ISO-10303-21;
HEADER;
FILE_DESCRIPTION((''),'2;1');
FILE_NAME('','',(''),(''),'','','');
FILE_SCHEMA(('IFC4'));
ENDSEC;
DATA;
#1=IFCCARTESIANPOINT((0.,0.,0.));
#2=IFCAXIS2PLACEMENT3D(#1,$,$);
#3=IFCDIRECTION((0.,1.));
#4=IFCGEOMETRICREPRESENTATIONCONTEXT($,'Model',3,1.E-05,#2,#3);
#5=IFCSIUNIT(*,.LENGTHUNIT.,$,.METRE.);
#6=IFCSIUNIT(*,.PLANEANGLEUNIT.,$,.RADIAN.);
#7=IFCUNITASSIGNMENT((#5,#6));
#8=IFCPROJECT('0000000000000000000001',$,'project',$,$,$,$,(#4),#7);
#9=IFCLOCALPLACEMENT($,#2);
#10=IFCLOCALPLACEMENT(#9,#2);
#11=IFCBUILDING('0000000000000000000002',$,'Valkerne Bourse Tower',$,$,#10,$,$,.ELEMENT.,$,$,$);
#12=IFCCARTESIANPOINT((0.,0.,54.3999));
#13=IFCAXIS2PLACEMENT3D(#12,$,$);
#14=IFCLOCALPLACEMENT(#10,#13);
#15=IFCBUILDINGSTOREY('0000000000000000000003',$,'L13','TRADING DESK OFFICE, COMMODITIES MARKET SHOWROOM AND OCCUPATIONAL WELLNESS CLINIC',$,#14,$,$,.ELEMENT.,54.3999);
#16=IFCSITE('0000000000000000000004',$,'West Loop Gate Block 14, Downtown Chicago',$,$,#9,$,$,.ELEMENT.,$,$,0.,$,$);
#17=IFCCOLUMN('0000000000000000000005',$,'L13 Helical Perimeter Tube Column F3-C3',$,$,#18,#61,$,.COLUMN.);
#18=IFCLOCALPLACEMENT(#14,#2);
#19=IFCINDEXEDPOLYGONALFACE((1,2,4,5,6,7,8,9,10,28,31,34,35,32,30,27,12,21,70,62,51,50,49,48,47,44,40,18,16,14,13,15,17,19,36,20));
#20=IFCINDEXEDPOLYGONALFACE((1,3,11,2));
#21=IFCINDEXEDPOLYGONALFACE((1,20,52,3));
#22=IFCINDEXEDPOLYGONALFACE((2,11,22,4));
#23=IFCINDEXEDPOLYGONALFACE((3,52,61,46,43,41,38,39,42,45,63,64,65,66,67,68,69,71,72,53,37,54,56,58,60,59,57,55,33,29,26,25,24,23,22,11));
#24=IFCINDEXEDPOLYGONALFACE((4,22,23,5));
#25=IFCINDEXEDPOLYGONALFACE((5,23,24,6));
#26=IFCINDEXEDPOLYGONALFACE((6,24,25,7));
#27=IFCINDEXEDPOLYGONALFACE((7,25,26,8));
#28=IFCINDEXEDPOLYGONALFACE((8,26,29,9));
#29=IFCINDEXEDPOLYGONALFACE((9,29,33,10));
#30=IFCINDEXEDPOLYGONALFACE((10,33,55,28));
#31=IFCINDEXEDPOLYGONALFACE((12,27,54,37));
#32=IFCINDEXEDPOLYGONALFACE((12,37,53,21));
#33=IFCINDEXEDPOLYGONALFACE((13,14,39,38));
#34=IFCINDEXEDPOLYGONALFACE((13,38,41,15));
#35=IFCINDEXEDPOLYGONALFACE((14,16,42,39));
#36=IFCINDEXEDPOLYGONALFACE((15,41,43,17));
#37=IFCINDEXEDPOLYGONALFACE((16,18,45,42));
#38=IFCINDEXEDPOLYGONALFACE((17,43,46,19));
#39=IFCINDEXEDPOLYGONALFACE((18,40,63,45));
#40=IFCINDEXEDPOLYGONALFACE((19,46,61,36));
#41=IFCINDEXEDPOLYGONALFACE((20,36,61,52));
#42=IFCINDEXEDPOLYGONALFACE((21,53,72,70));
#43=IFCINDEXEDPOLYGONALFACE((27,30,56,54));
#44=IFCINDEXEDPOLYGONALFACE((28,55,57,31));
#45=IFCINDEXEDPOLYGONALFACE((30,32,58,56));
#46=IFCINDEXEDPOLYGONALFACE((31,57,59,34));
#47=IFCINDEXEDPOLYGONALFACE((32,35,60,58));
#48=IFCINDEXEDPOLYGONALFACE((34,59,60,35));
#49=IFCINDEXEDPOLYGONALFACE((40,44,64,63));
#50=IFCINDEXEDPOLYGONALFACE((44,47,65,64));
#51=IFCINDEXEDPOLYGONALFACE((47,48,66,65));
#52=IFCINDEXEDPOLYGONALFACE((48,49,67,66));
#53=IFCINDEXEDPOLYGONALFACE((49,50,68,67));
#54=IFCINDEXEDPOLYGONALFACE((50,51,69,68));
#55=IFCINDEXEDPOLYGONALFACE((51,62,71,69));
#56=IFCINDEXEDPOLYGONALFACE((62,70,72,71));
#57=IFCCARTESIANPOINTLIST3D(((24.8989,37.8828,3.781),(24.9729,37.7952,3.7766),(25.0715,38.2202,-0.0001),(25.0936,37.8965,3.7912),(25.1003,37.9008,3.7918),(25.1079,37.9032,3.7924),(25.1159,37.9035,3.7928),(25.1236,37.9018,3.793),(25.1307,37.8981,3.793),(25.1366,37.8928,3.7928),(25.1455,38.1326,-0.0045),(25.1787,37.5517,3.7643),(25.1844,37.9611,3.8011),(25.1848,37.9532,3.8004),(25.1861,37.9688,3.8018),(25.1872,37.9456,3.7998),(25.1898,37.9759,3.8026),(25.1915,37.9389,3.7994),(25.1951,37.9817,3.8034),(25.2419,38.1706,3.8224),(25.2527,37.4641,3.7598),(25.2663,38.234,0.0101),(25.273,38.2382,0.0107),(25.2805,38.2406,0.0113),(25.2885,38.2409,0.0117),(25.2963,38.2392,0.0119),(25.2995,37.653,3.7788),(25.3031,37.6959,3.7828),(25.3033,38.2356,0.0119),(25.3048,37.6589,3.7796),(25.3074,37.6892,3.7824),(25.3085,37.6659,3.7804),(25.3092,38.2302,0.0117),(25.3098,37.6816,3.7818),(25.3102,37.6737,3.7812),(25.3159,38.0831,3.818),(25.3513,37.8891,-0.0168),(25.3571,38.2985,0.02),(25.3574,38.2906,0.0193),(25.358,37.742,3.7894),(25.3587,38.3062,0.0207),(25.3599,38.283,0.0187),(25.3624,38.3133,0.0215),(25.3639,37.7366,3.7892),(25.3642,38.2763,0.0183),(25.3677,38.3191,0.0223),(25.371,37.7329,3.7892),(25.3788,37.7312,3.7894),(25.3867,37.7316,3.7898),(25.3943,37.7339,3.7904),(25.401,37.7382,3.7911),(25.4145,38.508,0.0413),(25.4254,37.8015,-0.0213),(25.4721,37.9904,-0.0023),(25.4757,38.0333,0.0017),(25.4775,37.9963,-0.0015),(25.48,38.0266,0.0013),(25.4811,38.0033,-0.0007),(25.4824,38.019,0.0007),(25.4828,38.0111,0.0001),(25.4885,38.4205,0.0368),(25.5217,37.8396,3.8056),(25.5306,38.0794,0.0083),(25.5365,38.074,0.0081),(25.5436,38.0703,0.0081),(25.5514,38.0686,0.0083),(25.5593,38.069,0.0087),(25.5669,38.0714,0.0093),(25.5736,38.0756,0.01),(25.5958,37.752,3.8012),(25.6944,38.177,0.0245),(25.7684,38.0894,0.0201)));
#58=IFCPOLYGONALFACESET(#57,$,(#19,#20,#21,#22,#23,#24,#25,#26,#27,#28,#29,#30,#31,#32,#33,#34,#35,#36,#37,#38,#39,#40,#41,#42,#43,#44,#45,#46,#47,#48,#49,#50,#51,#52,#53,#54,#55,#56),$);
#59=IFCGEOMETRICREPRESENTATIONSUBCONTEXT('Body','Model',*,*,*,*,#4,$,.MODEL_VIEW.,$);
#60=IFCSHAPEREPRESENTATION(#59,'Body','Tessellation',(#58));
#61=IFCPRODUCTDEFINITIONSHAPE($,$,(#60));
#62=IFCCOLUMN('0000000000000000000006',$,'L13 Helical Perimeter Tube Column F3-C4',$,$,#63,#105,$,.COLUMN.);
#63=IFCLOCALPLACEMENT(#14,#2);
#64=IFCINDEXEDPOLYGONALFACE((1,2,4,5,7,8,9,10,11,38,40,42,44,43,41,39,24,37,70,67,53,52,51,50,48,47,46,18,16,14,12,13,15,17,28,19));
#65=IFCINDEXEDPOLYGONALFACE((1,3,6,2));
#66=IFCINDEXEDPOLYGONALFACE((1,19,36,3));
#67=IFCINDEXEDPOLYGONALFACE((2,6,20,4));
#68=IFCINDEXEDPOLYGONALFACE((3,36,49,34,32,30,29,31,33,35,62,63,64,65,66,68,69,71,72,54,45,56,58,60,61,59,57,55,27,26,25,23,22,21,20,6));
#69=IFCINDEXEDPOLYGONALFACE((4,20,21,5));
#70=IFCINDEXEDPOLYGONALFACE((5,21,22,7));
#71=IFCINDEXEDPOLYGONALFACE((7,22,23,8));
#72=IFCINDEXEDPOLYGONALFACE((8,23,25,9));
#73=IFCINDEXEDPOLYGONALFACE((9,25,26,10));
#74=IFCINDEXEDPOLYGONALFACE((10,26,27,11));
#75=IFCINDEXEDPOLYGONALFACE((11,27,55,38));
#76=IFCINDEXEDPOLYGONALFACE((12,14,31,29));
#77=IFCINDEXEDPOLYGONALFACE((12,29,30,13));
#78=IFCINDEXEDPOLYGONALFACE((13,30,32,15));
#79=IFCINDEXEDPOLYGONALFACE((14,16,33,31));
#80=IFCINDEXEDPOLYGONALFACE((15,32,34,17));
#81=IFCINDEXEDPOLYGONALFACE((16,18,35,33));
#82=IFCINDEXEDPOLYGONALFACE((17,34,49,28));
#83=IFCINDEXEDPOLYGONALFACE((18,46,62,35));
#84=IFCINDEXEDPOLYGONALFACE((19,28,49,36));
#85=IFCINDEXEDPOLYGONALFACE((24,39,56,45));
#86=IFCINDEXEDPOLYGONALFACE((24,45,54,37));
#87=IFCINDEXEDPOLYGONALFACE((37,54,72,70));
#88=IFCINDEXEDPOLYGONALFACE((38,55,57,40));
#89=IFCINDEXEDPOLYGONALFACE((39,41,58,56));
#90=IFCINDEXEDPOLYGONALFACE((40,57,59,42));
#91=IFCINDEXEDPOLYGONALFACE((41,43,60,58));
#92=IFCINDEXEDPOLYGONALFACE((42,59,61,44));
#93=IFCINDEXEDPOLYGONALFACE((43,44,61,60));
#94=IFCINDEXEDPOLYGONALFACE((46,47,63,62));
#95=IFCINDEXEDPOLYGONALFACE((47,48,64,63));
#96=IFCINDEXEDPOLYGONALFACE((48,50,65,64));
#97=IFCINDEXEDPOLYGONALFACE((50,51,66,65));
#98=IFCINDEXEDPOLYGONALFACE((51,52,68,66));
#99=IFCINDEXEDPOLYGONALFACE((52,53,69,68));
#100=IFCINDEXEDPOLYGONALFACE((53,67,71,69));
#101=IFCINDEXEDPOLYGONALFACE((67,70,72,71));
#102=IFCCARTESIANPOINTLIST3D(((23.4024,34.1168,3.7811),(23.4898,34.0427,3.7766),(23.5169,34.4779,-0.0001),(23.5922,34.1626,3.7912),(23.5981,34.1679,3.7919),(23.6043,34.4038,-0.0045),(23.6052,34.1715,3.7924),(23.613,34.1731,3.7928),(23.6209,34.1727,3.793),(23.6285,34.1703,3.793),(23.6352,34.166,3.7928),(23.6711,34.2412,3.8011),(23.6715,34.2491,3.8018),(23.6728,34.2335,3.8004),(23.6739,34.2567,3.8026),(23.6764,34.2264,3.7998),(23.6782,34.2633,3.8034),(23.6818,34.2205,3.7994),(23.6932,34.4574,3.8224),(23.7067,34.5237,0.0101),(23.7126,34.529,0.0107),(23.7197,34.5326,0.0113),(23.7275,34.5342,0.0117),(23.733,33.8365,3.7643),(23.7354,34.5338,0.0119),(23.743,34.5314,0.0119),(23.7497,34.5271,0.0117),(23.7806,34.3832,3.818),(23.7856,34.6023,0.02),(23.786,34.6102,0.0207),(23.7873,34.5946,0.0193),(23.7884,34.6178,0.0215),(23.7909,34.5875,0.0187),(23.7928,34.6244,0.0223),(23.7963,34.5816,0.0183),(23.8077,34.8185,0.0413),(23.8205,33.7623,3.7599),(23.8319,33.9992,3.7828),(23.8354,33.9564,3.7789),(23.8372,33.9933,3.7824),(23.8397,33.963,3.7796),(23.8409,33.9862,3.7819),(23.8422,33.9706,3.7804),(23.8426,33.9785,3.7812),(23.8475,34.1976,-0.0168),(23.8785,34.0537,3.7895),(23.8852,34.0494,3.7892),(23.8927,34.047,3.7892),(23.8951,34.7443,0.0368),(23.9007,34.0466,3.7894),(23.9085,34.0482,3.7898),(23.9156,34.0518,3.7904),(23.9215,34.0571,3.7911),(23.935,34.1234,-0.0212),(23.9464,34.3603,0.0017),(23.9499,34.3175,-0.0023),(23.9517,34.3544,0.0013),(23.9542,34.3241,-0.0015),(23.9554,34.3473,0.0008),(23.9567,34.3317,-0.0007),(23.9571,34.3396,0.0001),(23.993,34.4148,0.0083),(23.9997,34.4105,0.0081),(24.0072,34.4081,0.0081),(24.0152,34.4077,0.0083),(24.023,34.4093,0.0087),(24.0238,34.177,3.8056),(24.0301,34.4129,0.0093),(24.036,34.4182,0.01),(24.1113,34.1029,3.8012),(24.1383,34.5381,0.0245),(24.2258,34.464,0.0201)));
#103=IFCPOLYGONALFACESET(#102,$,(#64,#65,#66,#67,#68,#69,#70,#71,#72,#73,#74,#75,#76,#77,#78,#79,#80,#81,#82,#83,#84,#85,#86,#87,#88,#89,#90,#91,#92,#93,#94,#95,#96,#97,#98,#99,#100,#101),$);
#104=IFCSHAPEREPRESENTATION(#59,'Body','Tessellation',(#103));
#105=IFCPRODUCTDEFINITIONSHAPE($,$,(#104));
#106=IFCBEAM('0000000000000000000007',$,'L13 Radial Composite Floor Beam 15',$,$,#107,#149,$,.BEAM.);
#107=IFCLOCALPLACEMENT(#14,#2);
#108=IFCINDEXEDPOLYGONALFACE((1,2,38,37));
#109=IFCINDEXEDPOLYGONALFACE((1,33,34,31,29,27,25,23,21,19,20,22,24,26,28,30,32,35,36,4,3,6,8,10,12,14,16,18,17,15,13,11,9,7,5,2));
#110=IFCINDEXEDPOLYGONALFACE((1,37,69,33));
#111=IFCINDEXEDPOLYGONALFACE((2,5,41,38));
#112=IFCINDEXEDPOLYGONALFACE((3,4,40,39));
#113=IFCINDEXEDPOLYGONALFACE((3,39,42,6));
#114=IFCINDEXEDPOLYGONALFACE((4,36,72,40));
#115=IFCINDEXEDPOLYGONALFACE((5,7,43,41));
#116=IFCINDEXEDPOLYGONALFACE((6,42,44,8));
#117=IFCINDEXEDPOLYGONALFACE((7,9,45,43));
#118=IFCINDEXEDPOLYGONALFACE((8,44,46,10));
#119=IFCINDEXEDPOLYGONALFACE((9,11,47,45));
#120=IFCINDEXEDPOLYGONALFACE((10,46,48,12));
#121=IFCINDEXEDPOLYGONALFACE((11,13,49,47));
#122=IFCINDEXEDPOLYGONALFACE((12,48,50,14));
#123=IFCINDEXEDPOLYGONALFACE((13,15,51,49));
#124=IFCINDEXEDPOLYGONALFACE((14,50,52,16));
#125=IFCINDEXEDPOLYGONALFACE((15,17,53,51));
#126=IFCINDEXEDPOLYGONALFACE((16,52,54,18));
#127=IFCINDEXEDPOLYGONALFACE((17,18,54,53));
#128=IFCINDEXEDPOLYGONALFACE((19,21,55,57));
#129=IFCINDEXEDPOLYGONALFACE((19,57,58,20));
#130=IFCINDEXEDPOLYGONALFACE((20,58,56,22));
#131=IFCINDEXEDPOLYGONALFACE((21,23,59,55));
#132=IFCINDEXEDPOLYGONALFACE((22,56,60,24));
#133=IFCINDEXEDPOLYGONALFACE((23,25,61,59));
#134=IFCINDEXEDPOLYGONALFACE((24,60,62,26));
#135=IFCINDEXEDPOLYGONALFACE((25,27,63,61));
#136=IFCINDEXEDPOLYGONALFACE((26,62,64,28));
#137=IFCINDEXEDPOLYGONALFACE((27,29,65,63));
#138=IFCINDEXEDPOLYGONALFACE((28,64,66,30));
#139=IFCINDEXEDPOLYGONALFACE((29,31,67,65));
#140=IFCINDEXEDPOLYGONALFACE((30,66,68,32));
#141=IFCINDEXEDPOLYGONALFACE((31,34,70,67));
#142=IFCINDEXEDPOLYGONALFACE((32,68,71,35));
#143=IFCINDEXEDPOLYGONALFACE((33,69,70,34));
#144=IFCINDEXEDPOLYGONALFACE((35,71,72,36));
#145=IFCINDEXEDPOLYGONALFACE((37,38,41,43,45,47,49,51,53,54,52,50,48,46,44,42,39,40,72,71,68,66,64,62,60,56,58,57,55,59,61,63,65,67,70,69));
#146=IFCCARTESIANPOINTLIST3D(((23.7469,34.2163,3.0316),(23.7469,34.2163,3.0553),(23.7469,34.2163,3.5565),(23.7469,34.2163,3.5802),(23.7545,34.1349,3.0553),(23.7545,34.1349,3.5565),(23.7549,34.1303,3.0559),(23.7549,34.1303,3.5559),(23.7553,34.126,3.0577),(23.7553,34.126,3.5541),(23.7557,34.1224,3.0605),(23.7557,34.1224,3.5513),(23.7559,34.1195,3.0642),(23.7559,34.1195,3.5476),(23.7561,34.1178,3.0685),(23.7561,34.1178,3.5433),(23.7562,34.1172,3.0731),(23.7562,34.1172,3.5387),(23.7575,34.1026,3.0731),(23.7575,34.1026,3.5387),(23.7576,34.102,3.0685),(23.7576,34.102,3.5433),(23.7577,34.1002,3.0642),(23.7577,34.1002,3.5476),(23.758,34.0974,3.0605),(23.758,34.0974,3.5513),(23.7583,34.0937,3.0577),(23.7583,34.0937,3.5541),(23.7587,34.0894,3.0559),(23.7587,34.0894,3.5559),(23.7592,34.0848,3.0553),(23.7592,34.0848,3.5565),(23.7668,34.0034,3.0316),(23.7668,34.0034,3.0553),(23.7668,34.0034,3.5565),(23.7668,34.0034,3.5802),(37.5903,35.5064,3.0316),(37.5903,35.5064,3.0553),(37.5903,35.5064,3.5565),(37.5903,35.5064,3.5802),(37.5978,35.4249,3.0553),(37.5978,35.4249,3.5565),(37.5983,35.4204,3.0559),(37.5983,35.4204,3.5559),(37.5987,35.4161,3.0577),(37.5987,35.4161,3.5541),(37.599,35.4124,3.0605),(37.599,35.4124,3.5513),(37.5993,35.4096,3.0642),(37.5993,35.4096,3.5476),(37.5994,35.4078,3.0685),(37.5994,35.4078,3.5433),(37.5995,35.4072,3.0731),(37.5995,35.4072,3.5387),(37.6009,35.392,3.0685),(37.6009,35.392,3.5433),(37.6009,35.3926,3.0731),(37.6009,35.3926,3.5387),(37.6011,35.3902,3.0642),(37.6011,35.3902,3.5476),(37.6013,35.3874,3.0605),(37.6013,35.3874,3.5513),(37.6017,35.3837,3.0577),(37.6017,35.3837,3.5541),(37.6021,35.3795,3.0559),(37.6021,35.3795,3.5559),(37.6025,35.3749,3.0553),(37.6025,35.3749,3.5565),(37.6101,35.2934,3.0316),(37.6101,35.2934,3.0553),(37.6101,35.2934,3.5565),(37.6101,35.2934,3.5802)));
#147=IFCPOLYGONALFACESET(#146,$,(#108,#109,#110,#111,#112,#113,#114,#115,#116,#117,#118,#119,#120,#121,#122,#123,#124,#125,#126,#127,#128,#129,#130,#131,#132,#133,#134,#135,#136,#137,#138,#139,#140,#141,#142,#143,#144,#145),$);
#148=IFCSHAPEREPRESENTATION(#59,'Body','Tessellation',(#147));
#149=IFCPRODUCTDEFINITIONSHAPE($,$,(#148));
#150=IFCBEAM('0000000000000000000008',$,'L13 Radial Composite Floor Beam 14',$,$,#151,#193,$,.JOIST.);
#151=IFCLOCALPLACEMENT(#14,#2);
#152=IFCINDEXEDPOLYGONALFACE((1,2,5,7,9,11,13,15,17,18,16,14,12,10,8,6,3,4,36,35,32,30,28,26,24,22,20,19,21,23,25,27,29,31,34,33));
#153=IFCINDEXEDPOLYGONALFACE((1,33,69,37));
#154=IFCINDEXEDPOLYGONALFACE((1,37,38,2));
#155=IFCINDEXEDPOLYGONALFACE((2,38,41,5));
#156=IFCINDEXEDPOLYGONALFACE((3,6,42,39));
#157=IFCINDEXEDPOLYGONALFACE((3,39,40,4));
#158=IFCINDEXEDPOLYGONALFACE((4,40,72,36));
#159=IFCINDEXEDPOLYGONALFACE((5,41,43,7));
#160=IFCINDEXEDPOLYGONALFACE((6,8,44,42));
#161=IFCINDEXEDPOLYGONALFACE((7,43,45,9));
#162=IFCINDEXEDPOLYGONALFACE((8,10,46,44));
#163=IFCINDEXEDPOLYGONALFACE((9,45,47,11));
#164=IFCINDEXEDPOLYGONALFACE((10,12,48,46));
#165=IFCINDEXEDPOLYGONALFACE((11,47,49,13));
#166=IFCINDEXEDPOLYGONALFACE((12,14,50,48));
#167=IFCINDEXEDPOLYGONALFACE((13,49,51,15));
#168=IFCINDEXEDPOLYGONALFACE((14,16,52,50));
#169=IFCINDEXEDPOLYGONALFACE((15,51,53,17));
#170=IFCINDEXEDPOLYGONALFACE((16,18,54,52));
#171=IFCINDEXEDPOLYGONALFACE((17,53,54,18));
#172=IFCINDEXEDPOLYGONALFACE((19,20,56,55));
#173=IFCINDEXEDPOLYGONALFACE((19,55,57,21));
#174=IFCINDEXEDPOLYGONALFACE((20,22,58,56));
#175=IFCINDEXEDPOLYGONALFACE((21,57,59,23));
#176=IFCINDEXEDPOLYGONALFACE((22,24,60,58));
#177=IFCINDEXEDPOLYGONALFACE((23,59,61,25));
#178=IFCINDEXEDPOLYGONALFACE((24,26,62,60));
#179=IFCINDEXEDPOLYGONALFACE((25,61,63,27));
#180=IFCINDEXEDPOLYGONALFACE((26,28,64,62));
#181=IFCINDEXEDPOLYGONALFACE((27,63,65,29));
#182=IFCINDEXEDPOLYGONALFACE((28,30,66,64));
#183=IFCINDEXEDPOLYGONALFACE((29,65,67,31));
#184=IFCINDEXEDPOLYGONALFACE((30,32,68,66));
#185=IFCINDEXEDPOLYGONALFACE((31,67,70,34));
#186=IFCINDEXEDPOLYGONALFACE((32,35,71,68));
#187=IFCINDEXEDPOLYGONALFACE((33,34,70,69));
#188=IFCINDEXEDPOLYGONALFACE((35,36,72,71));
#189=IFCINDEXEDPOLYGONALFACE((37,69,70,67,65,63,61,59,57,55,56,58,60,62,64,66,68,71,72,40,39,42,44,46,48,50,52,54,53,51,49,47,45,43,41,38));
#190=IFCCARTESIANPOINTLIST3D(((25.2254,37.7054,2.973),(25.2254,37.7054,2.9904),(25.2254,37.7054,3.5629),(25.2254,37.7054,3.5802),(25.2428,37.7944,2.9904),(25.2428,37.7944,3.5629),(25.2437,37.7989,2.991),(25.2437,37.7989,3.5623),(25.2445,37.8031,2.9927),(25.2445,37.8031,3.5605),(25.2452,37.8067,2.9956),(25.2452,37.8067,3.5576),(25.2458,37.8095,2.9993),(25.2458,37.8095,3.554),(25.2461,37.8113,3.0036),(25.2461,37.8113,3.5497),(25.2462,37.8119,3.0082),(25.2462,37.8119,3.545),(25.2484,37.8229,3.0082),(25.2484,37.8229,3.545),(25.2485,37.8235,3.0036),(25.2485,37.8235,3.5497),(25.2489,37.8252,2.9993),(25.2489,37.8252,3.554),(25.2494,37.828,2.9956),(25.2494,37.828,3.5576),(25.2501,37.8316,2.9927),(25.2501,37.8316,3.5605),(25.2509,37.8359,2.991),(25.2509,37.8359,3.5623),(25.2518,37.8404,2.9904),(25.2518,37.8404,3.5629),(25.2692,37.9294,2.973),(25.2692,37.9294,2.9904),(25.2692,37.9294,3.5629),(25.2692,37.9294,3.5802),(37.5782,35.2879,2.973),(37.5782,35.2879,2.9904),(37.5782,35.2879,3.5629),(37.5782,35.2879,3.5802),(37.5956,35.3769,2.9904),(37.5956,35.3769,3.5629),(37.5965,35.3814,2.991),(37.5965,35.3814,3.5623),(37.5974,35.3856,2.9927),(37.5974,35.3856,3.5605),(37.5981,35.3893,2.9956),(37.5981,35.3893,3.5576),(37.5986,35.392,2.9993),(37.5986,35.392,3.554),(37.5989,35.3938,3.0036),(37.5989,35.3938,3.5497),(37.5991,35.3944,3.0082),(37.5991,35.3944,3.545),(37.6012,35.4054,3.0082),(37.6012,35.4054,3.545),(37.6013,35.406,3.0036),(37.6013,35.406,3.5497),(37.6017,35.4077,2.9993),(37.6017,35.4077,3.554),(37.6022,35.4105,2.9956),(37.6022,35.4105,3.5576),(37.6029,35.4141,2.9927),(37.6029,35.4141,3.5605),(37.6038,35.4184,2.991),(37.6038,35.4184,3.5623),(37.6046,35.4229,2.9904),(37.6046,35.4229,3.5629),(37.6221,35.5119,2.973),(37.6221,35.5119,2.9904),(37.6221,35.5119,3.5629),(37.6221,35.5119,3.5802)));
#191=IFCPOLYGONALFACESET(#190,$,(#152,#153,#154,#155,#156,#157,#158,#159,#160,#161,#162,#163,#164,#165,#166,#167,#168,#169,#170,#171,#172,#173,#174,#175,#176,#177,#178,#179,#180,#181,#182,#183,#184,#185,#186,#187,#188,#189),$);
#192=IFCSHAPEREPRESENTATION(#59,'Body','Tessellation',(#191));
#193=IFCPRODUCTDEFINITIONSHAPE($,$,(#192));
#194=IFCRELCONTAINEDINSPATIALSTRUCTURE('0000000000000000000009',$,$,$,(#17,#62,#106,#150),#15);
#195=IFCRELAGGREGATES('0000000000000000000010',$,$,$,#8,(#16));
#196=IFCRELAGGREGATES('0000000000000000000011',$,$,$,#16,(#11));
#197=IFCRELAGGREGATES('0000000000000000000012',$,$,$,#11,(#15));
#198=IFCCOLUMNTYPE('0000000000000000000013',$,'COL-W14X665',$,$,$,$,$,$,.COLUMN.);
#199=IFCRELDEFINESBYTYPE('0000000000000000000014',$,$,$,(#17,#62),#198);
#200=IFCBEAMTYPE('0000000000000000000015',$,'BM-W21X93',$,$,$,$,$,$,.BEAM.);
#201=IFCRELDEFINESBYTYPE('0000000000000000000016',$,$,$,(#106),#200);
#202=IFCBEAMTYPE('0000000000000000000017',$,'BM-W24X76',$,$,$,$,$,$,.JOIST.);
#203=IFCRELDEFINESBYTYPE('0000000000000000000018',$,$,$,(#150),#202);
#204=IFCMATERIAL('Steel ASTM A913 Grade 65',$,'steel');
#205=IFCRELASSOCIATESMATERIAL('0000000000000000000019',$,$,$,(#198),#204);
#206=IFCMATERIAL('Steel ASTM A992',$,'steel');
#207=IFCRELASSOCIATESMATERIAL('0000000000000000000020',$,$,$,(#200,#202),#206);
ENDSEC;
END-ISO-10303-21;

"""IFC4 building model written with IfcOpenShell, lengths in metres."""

from ifc_helpers import new_model, si_unit, direction, frame, origin, origin_2d, place, context, subcontext, project, spatial, i_section, extrude, material, material_profile, profile_set, type_object, element, save


model = new_model("IFC4")

# Units and contexts
model_context = context("Model", 3, precision=1e-05, world=origin(), true_north=direction((0.0, 1.0)))
body_context = subcontext(model_context, "Body", "Model", "MODEL_VIEW")
ifc_project = project(units=[si_unit("LENGTHUNIT", "METRE"), si_unit("PLANEANGLEUNIT", "RADIAN")], contexts=[model_context])

# Site, building, storey
site_placement = place(None, origin())
site = spatial("IfcSite", under=ifc_project, at=site_placement, Name="West Loop Gate Block 14, Downtown Chicago", CompositionType="ELEMENT", RefElevation=0.0)
building_placement = place(site_placement, origin())
building = spatial("IfcBuilding", under=site, at=building_placement, Name="Valkerne Bourse Tower", CompositionType="ELEMENT")
storey_placement = place(building_placement, frame((0.0, 0.0, 54.3999)))
storey = spatial("IfcBuildingStorey", under=building, at=storey_placement, Name="L13", Description="TRADING DESK OFFICE, COMMODITIES MARKET SHOWROOM AND OCCUPATIONAL WELLNESS CLINIC", CompositionType="ELEMENT", Elevation=54.3999)

# Columns
ifc_material_1 = material(Name="Steel ASTM A913 Grade 65", Category="steel")
ifc_material_profile_1 = material_profile(ifc_material_1, i_section(OverallWidth=0.4497, OverallDepth=0.5486, WebThickness=0.072, FlangeThickness=0.1147, FilletRadius=0.0305, at=origin_2d()), Name="W14X665")
ifc_profile_set_1 = profile_set([ifc_material_profile_1], Name="Steel ASTM A913 Grade 65")
column_type = type_object("IfcColumnType", Name="COL-W14X665", PredefinedType="COLUMN", material=ifc_profile_set_1)
for number, where, z_axis, x_axis, name in (
    (1, (25.4199, 38.1548, 0.01), (-0.045424, -0.088791, 0.995014), (-0.762752, -0.640122, -0.091943), "L13 Helical Perimeter Tube Column F3-C3"),
    (2, (23.8713, 34.4709, 0.01), (-0.030133, -0.095024, 0.995019), (-0.646654, -0.757227, -0.091898), "L13 Helical Perimeter Tube Column F3-C4"),
):
    element("IfcColumn", number, at=place(storey_placement, frame(where, z_axis=z_axis, x_axis=x_axis)), inside=storey, type_object=column_type, Name=name, PredefinedType="COLUMN", context=body_context, shape_type="SweptSolid", body=[
        extrude(i_section(OverallWidth=0.4497, OverallDepth=0.5486, WebThickness=0.072, FlangeThickness=0.1147, FilletRadius=0.0305, at=origin_2d()), origin(), (0.0, 0.0, 1.0), 3.8),
    ])

# Beams
ifc_material_2 = material(Name="Steel ASTM A992", Category="steel")
ifc_material_profile_2 = material_profile(ifc_material_2, i_section(OverallWidth=0.2139, OverallDepth=0.5486, WebThickness=0.0146, FlangeThickness=0.0237, FilletRadius=0.0178, at=origin_2d()), Name="W21X93")
ifc_profile_set_2 = profile_set([ifc_material_profile_2], Name="Steel ASTM A992")
beam_type_1 = type_object("IfcBeamType", Name="BM-W21X93", PredefinedType="BEAM", material=ifc_profile_set_2)
beam_1_placement = place(storey_placement, frame((23.7568, 34.1099, 3.3059), z_axis=(0.995686, 0.092787, 0.0), x_axis=(-0.092787, 0.995686, 0.0)))
element("IfcBeam", 3, at=beam_1_placement, inside=storey, type_object=beam_type_1, Name="L13 Radial Composite Floor Beam 15", PredefinedType="BEAM", context=body_context, shape_type="SweptSolid", body=[
    extrude(i_section(OverallWidth=0.2139, OverallDepth=0.5486, WebThickness=0.0146, FlangeThickness=0.0237, FilletRadius=0.0178, at=origin_2d()), origin(), (0.0, 0.0, 1.0), 13.9033),
])
ifc_material_profile_3 = material_profile(ifc_material_2, i_section(OverallWidth=0.2283, OverallDepth=0.6072, WebThickness=0.0112, FlangeThickness=0.0173, FilletRadius=0.0178, at=origin_2d()), Name="W24X76")
ifc_profile_set_3 = profile_set([ifc_material_profile_3], Name="Steel ASTM A992")
beam_type_2 = type_object("IfcBeamType", Name="BM-W24X76", PredefinedType="JOIST", material=ifc_profile_set_3)
beam_2_placement = place(storey_placement, frame((25.2473, 37.8174, 3.2766), z_axis=(0.981383, -0.19206, 0.0), x_axis=(0.19206, 0.981383, 0.0)))
element("IfcBeam", 4, at=beam_2_placement, inside=storey, type_object=beam_type_2, Name="L13 Radial Composite Floor Beam 14", PredefinedType="JOIST", context=body_context, shape_type="SweptSolid", body=[
    extrude(i_section(OverallWidth=0.2283, OverallDepth=0.6072, WebThickness=0.0112, FlangeThickness=0.0173, FilletRadius=0.0178, at=origin_2d()), origin(), (0.0, 0.0, 1.0), 12.5872),
])

save(model, "model.ifc")
